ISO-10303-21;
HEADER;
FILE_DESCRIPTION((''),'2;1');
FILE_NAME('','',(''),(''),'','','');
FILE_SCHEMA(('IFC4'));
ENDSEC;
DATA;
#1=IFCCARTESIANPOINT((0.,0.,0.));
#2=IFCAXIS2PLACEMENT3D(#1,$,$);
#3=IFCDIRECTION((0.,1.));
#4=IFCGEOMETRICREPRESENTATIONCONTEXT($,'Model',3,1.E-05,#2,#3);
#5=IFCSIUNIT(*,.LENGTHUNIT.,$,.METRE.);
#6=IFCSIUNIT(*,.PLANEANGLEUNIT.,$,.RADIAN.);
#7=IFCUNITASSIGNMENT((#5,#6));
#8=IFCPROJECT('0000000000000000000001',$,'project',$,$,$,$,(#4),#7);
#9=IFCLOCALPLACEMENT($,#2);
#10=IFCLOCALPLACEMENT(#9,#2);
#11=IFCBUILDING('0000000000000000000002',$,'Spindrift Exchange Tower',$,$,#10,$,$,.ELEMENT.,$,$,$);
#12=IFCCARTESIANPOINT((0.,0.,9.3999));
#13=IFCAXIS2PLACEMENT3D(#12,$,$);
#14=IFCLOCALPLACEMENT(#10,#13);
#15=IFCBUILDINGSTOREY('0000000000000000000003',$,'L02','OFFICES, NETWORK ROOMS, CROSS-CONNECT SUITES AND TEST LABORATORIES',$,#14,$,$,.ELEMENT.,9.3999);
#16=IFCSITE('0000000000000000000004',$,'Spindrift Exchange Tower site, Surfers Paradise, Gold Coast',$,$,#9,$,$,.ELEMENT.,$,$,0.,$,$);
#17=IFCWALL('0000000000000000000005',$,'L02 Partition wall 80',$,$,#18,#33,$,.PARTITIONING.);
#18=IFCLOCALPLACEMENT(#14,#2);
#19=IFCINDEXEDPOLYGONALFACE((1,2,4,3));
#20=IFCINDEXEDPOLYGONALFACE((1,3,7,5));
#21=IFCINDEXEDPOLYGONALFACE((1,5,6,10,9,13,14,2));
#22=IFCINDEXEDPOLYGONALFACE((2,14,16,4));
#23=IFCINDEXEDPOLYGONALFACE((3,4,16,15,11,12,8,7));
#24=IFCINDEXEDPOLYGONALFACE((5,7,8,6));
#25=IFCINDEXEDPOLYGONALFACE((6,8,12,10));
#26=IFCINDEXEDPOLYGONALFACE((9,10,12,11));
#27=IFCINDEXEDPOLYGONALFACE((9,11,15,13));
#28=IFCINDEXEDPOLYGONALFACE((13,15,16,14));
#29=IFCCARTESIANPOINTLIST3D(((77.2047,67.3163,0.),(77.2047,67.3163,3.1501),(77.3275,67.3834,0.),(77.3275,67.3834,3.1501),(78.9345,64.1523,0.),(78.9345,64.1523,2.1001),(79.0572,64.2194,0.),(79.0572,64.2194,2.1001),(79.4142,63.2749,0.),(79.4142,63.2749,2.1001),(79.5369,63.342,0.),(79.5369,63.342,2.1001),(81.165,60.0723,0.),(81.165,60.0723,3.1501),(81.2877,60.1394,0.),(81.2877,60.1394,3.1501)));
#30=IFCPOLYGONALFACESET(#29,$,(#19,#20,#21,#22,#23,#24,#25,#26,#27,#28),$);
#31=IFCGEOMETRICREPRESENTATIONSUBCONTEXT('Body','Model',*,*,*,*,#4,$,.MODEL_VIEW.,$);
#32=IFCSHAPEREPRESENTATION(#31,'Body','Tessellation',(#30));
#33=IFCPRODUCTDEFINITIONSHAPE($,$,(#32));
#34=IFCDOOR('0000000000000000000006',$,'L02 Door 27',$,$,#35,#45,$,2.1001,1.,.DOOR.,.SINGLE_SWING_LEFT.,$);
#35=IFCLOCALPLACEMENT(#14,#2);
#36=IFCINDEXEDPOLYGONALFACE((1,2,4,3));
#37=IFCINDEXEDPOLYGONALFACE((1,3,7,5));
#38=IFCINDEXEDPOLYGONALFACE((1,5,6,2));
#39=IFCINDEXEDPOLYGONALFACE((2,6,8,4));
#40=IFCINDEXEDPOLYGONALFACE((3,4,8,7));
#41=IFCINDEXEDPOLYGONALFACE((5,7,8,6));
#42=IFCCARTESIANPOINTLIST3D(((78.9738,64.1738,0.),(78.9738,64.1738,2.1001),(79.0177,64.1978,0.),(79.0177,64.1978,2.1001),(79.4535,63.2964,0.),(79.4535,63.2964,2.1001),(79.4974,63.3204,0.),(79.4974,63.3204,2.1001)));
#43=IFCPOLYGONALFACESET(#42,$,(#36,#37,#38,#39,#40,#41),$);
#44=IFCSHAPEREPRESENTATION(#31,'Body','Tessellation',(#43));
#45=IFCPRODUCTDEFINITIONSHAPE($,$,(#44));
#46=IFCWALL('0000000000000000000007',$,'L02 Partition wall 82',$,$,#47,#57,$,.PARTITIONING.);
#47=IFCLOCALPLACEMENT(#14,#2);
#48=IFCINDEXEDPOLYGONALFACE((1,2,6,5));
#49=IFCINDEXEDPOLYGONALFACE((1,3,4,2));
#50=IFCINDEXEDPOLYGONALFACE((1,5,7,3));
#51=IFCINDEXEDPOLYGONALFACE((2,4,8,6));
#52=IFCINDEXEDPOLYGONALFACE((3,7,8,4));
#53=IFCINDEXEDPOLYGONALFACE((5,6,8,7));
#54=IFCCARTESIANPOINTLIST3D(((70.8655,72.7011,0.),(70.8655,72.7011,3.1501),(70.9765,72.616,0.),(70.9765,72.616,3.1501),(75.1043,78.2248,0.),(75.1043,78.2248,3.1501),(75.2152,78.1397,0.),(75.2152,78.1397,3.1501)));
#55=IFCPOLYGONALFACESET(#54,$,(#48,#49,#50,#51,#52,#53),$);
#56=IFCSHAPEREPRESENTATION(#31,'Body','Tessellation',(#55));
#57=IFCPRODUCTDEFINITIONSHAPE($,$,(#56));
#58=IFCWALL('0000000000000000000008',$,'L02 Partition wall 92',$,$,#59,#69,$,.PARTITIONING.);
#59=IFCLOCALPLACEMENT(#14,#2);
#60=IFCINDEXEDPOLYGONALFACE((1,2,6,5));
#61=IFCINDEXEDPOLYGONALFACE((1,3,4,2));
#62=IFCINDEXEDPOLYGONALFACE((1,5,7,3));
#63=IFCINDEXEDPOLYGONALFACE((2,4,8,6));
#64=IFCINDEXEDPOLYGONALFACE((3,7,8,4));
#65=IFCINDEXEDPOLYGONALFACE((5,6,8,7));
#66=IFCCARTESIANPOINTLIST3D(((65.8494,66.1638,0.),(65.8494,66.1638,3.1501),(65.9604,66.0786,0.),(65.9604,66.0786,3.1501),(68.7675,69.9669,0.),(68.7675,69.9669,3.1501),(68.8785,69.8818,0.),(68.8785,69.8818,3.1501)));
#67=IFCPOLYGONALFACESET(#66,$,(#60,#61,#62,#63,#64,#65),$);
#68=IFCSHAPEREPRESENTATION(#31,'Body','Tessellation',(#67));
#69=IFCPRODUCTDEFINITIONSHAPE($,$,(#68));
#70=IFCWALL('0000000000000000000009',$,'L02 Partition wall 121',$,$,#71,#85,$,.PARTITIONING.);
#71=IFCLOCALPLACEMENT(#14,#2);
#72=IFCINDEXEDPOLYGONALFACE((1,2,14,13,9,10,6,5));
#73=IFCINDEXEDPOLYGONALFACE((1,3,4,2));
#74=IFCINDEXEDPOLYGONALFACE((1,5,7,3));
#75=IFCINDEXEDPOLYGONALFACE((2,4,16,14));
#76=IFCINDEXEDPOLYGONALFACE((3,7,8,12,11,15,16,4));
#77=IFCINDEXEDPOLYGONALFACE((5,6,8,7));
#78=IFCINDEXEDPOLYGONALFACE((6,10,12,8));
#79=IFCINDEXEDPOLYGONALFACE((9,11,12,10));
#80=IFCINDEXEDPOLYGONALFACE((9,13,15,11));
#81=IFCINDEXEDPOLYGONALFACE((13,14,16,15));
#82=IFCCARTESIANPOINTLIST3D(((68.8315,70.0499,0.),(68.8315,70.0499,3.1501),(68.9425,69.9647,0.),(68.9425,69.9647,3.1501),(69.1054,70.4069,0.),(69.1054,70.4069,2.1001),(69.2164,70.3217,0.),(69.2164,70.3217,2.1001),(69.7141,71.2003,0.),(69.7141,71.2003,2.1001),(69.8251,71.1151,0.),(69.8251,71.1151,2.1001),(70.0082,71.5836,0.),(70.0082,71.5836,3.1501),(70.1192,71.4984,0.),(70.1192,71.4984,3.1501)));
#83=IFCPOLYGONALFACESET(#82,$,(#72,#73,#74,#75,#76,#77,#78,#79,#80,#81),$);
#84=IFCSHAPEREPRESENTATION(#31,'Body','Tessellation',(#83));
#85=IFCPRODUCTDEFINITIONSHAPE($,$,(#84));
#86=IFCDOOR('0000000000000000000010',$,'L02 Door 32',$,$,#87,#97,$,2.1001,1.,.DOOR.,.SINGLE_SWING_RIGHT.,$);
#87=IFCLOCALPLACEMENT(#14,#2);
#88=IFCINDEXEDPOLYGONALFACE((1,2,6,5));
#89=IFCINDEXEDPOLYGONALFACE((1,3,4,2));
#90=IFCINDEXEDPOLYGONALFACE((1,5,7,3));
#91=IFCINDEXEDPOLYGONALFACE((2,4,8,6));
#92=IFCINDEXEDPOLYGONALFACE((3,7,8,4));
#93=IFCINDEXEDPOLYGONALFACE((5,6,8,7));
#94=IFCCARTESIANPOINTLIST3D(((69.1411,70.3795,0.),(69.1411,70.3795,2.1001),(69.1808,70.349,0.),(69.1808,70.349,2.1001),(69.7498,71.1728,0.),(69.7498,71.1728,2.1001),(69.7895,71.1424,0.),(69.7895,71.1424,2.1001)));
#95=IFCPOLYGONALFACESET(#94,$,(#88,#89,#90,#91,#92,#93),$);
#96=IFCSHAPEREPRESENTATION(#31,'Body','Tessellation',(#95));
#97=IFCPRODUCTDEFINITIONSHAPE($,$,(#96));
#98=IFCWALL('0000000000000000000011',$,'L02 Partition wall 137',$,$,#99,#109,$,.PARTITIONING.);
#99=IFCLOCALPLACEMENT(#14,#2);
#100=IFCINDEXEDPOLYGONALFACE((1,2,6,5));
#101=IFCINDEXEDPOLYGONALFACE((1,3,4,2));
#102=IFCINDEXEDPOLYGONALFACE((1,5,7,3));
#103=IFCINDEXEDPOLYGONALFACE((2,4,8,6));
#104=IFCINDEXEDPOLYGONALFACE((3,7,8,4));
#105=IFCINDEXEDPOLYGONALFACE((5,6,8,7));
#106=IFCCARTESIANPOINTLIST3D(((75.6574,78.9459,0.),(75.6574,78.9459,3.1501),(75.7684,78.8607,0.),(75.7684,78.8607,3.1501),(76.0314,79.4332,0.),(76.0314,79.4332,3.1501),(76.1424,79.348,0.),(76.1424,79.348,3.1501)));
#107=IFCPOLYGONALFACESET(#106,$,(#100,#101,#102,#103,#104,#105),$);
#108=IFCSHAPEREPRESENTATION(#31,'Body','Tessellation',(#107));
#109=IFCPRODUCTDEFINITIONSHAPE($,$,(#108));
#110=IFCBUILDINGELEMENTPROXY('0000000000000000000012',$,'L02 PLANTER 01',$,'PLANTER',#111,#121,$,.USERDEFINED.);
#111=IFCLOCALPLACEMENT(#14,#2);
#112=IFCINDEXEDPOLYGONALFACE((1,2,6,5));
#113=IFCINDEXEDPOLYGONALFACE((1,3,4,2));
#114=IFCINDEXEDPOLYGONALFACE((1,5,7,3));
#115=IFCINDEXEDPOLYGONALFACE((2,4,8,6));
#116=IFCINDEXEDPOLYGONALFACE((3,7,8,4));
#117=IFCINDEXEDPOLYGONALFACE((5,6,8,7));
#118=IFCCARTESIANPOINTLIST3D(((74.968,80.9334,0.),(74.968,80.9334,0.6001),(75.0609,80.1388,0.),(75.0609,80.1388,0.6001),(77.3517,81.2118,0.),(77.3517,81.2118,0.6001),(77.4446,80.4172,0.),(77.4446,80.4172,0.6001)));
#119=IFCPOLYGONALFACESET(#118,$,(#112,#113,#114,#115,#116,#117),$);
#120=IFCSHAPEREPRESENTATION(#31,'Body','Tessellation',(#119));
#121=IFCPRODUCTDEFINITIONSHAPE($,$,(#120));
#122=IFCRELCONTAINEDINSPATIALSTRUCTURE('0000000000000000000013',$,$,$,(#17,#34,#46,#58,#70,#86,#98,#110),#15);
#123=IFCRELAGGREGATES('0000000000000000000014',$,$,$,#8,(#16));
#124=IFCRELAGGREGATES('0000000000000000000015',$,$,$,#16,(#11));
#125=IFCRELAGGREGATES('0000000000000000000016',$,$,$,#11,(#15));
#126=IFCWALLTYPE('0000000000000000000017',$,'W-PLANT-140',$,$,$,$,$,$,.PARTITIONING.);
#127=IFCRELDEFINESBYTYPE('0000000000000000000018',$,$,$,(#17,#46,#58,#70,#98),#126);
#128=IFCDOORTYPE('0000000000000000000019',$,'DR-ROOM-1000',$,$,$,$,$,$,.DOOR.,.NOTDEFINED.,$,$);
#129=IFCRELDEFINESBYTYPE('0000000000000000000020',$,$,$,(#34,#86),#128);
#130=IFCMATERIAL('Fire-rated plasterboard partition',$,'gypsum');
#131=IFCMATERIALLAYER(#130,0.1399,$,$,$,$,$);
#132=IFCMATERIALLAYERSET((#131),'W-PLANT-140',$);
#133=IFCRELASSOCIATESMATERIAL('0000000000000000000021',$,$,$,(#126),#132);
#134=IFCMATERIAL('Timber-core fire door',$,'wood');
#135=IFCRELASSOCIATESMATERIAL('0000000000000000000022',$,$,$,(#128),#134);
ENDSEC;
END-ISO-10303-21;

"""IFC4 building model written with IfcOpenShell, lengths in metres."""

from ifc_helpers import new_model, si_unit, direction, frame, frame_2d, origin, origin_2d, place, context, subcontext, project, spatial, rectangle, extrude, source, transform, mapped, material, layer, layer_set, type_object, element, fill, save


model = new_model("IFC4")

# Units and contexts
model_context = context("Model", 3, precision=1e-05, world=origin(), true_north=direction((0.0, 1.0)))
body_context = subcontext(model_context, "Body", "Model", "MODEL_VIEW")
ifc_project = project(units=[si_unit("LENGTHUNIT", "METRE"), si_unit("PLANEANGLEUNIT", "RADIAN")], contexts=[model_context])

# Site, building, storey
site_placement = place(None, origin())
site = spatial("IfcSite", under=ifc_project, at=site_placement, Name="Spindrift Exchange Tower site, Surfers Paradise, Gold Coast", CompositionType="ELEMENT", RefElevation=0.0)
building_placement = place(site_placement, origin())
building = spatial("IfcBuilding", under=site, at=building_placement, Name="Spindrift Exchange Tower", CompositionType="ELEMENT")
storey_placement = place(building_placement, frame((0.0, 0.0, 9.3999)))
storey = spatial("IfcBuildingStorey", under=building, at=storey_placement, Name="L02", Description="OFFICES, NETWORK ROOMS, CROSS-CONNECT SUITES AND TEST LABORATORIES", CompositionType="ELEMENT", Elevation=9.3999)

# Shared definitions
ifc_material_1 = material(Name="Fire-rated plasterboard partition", Category="gypsum")
ifc_layer_1 = layer(ifc_material_1, 0.1399)
ifc_layer_set_1 = layer_set([ifc_layer_1], Name="W-PLANT-140")
wall_type_1 = type_object("IfcWallType", Name="W-PLANT-140", PredefinedType="PARTITIONING", material=ifc_layer_set_1)

# Wall, opening, door
wall_1_placement = place(storey_placement, frame((77.2661, 67.3499, 0.0), z_axis=(0.0, 0.0, 1.0), x_axis=(0.479691, -0.877437, 0.0)))
wall_1 = element("IfcWall", 1, at=wall_1_placement, inside=storey, type_object=wall_type_1, Name="L02 Partition wall 80", PredefinedType="PARTITIONING", context=body_context, shape_type="SweptSolid", body=[
    extrude(rectangle(XDim=8.2559, YDim=0.1399, at=frame_2d((4.1279, 0.0))), origin(), (0.0, 0.0, 1.0), 3.1501),
])
opening_1_placement = place(wall_1_placement, frame((3.606, 0.0, 0.0)))
opening_1 = element("IfcOpeningElement", 2, at=opening_1_placement, cuts=wall_1, PredefinedType="OPENING", context=body_context, shape_type="SweptSolid", body=[
    extrude(rectangle(XDim=1.0, YDim=2.1001, at=frame_2d((0.5, 1.05))), frame((0.0, 0.0798, 0.0), z_axis=(0.0, -1.0, 0.0), x_axis=(1.0, 0.0, 0.0)), (0.0, 0.0, 1.0), 0.1599),
])
ifc_material_2 = material(Name="Timber-core fire door", Category="wood")
door_type = type_object("IfcDoorType", Name="DR-ROOM-1000", OperationType="NOTDEFINED", PredefinedType="DOOR", material=ifc_material_2)
shared_shape_1 = source(origin(), body_context, "Body", "SweptSolid", [
    extrude(rectangle(XDim=1.0, YDim=2.1001, at=frame_2d((0.5, 1.05))), frame((0.0, 0.0249, 0.0), z_axis=(0.0, -1.0, 0.0), x_axis=(1.0, 0.0, 0.0)), (0.0, 0.0, 1.0), 0.05),
])
door_1_placement = place(opening_1_placement, origin())
door_1 = element("IfcDoor", 3, at=door_1_placement, inside=storey, type_object=door_type, Name="L02 Door 27", OperationType="SINGLE_SWING_LEFT", OverallHeight=2.1001, OverallWidth=1.0, PredefinedType="DOOR", context=body_context, shape_type="MappedRepresentation", body=[
    mapped(shared_shape_1, transform((0.0, 0.0, 0.0), scale=1.0)),
])
fill(opening_1, door_1)

# Walls
wall_2_placement = place(storey_placement, frame((70.9209, 72.6584, 0.0), z_axis=(0.0, 0.0, 1.0), x_axis=(0.608789, 0.793333, 0.0)))
element("IfcWall", 4, at=wall_2_placement, inside=storey, type_object=wall_type_1, Name="L02 Partition wall 82", PredefinedType="PARTITIONING", context=body_context, shape_type="SweptSolid", body=[
    extrude(rectangle(XDim=6.9626, YDim=0.1399, at=frame_2d((3.4814, 0.0))), origin(), (0.0, 0.0, 1.0), 3.1501),
])
wall_3_placement = place(storey_placement, frame((65.9048, 66.1211, 0.0), z_axis=(0.0, 0.0, 1.0), x_axis=(0.608748, 0.793364, 0.0)))
element("IfcWall", 5, at=wall_3_placement, inside=storey, type_object=wall_type_1, Name="L02 Partition wall 92", PredefinedType="PARTITIONING", context=body_context, shape_type="SweptSolid", body=[
    extrude(rectangle(XDim=4.7937, YDim=0.1399, at=frame_2d((2.397, 0.0))), origin(), (0.0, 0.0, 1.0), 3.1501),
])

# Wall, opening, door
wall_4_placement = place(storey_placement, frame((68.887, 70.0073, 0.0), z_axis=(0.0, 0.0, 1.0), x_axis=(0.608734, 0.793375, 0.0)))
wall_4 = element("IfcWall", 6, at=wall_4_placement, inside=storey, type_object=wall_type_1, Name="L02 Partition wall 121", PredefinedType="PARTITIONING", context=body_context, shape_type="SweptSolid", body=[
    extrude(rectangle(XDim=1.9331, YDim=0.1399, at=frame_2d((0.9666, 0.0))), origin(), (0.0, 0.0, 1.0), 3.1501),
])
opening_2_placement = place(wall_4_placement, frame((0.45, 0.0, 0.0)))
opening_2 = element("IfcOpeningElement", 7, at=opening_2_placement, cuts=wall_4, PredefinedType="OPENING", context=body_context, shape_type="SweptSolid", body=[
    extrude(rectangle(XDim=1.0, YDim=2.1001, at=frame_2d((0.5, 1.05))), frame((0.0, 0.0798, 0.0), z_axis=(0.0, -1.0, 0.0), x_axis=(1.0, 0.0, 0.0)), (0.0, 0.0, 1.0), 0.1599),
])
door_2_placement = place(opening_2_placement, origin())
door_2 = element("IfcDoor", 8, at=door_2_placement, inside=storey, type_object=door_type, Name="L02 Door 32", OperationType="SINGLE_SWING_RIGHT", OverallHeight=2.1001, OverallWidth=1.0, PredefinedType="DOOR", context=body_context, shape_type="MappedRepresentation", body=[
    mapped(shared_shape_1, transform((0.0, 0.0, 0.0), scale=1.0)),
])
fill(opening_2, door_2)

# Wall
wall_5_placement = place(storey_placement, frame((75.7129, 78.9033, 0.0), z_axis=(0.0, 0.0, 1.0), x_axis=(0.608865, 0.793274, 0.0)))
element("IfcWall", 9, at=wall_5_placement, inside=storey, type_object=wall_type_1, Name="L02 Partition wall 137", PredefinedType="PARTITIONING", context=body_context, shape_type="SweptSolid", body=[
    extrude(rectangle(XDim=0.6143, YDim=0.1399, at=frame_2d((0.3071, 0.0))), origin(), (0.0, 0.0, 1.0), 3.1501),
])

# Building element proxy
shared_shape_2 = source(origin(), body_context, "Body", "SweptSolid", [
    extrude(rectangle(XDim=2.3999, YDim=0.8, at=origin_2d()), origin(), (0.0, 0.0, 1.0), 0.6001),
])
proxy_placement = place(storey_placement, frame((76.2063, 80.6753, 0.0), z_axis=(0.0, 0.0, 1.0), x_axis=(0.993248, 0.116012, 0.0)))
element("IfcBuildingElementProxy", 10, at=proxy_placement, inside=storey, Name="L02 PLANTER 01", ObjectType="PLANTER", PredefinedType="USERDEFINED", context=body_context, shape_type="MappedRepresentation", body=[
    mapped(shared_shape_2, transform((0.0, 0.0, 0.0), scale=1.0)),
])

save(model, "model.ifc")
